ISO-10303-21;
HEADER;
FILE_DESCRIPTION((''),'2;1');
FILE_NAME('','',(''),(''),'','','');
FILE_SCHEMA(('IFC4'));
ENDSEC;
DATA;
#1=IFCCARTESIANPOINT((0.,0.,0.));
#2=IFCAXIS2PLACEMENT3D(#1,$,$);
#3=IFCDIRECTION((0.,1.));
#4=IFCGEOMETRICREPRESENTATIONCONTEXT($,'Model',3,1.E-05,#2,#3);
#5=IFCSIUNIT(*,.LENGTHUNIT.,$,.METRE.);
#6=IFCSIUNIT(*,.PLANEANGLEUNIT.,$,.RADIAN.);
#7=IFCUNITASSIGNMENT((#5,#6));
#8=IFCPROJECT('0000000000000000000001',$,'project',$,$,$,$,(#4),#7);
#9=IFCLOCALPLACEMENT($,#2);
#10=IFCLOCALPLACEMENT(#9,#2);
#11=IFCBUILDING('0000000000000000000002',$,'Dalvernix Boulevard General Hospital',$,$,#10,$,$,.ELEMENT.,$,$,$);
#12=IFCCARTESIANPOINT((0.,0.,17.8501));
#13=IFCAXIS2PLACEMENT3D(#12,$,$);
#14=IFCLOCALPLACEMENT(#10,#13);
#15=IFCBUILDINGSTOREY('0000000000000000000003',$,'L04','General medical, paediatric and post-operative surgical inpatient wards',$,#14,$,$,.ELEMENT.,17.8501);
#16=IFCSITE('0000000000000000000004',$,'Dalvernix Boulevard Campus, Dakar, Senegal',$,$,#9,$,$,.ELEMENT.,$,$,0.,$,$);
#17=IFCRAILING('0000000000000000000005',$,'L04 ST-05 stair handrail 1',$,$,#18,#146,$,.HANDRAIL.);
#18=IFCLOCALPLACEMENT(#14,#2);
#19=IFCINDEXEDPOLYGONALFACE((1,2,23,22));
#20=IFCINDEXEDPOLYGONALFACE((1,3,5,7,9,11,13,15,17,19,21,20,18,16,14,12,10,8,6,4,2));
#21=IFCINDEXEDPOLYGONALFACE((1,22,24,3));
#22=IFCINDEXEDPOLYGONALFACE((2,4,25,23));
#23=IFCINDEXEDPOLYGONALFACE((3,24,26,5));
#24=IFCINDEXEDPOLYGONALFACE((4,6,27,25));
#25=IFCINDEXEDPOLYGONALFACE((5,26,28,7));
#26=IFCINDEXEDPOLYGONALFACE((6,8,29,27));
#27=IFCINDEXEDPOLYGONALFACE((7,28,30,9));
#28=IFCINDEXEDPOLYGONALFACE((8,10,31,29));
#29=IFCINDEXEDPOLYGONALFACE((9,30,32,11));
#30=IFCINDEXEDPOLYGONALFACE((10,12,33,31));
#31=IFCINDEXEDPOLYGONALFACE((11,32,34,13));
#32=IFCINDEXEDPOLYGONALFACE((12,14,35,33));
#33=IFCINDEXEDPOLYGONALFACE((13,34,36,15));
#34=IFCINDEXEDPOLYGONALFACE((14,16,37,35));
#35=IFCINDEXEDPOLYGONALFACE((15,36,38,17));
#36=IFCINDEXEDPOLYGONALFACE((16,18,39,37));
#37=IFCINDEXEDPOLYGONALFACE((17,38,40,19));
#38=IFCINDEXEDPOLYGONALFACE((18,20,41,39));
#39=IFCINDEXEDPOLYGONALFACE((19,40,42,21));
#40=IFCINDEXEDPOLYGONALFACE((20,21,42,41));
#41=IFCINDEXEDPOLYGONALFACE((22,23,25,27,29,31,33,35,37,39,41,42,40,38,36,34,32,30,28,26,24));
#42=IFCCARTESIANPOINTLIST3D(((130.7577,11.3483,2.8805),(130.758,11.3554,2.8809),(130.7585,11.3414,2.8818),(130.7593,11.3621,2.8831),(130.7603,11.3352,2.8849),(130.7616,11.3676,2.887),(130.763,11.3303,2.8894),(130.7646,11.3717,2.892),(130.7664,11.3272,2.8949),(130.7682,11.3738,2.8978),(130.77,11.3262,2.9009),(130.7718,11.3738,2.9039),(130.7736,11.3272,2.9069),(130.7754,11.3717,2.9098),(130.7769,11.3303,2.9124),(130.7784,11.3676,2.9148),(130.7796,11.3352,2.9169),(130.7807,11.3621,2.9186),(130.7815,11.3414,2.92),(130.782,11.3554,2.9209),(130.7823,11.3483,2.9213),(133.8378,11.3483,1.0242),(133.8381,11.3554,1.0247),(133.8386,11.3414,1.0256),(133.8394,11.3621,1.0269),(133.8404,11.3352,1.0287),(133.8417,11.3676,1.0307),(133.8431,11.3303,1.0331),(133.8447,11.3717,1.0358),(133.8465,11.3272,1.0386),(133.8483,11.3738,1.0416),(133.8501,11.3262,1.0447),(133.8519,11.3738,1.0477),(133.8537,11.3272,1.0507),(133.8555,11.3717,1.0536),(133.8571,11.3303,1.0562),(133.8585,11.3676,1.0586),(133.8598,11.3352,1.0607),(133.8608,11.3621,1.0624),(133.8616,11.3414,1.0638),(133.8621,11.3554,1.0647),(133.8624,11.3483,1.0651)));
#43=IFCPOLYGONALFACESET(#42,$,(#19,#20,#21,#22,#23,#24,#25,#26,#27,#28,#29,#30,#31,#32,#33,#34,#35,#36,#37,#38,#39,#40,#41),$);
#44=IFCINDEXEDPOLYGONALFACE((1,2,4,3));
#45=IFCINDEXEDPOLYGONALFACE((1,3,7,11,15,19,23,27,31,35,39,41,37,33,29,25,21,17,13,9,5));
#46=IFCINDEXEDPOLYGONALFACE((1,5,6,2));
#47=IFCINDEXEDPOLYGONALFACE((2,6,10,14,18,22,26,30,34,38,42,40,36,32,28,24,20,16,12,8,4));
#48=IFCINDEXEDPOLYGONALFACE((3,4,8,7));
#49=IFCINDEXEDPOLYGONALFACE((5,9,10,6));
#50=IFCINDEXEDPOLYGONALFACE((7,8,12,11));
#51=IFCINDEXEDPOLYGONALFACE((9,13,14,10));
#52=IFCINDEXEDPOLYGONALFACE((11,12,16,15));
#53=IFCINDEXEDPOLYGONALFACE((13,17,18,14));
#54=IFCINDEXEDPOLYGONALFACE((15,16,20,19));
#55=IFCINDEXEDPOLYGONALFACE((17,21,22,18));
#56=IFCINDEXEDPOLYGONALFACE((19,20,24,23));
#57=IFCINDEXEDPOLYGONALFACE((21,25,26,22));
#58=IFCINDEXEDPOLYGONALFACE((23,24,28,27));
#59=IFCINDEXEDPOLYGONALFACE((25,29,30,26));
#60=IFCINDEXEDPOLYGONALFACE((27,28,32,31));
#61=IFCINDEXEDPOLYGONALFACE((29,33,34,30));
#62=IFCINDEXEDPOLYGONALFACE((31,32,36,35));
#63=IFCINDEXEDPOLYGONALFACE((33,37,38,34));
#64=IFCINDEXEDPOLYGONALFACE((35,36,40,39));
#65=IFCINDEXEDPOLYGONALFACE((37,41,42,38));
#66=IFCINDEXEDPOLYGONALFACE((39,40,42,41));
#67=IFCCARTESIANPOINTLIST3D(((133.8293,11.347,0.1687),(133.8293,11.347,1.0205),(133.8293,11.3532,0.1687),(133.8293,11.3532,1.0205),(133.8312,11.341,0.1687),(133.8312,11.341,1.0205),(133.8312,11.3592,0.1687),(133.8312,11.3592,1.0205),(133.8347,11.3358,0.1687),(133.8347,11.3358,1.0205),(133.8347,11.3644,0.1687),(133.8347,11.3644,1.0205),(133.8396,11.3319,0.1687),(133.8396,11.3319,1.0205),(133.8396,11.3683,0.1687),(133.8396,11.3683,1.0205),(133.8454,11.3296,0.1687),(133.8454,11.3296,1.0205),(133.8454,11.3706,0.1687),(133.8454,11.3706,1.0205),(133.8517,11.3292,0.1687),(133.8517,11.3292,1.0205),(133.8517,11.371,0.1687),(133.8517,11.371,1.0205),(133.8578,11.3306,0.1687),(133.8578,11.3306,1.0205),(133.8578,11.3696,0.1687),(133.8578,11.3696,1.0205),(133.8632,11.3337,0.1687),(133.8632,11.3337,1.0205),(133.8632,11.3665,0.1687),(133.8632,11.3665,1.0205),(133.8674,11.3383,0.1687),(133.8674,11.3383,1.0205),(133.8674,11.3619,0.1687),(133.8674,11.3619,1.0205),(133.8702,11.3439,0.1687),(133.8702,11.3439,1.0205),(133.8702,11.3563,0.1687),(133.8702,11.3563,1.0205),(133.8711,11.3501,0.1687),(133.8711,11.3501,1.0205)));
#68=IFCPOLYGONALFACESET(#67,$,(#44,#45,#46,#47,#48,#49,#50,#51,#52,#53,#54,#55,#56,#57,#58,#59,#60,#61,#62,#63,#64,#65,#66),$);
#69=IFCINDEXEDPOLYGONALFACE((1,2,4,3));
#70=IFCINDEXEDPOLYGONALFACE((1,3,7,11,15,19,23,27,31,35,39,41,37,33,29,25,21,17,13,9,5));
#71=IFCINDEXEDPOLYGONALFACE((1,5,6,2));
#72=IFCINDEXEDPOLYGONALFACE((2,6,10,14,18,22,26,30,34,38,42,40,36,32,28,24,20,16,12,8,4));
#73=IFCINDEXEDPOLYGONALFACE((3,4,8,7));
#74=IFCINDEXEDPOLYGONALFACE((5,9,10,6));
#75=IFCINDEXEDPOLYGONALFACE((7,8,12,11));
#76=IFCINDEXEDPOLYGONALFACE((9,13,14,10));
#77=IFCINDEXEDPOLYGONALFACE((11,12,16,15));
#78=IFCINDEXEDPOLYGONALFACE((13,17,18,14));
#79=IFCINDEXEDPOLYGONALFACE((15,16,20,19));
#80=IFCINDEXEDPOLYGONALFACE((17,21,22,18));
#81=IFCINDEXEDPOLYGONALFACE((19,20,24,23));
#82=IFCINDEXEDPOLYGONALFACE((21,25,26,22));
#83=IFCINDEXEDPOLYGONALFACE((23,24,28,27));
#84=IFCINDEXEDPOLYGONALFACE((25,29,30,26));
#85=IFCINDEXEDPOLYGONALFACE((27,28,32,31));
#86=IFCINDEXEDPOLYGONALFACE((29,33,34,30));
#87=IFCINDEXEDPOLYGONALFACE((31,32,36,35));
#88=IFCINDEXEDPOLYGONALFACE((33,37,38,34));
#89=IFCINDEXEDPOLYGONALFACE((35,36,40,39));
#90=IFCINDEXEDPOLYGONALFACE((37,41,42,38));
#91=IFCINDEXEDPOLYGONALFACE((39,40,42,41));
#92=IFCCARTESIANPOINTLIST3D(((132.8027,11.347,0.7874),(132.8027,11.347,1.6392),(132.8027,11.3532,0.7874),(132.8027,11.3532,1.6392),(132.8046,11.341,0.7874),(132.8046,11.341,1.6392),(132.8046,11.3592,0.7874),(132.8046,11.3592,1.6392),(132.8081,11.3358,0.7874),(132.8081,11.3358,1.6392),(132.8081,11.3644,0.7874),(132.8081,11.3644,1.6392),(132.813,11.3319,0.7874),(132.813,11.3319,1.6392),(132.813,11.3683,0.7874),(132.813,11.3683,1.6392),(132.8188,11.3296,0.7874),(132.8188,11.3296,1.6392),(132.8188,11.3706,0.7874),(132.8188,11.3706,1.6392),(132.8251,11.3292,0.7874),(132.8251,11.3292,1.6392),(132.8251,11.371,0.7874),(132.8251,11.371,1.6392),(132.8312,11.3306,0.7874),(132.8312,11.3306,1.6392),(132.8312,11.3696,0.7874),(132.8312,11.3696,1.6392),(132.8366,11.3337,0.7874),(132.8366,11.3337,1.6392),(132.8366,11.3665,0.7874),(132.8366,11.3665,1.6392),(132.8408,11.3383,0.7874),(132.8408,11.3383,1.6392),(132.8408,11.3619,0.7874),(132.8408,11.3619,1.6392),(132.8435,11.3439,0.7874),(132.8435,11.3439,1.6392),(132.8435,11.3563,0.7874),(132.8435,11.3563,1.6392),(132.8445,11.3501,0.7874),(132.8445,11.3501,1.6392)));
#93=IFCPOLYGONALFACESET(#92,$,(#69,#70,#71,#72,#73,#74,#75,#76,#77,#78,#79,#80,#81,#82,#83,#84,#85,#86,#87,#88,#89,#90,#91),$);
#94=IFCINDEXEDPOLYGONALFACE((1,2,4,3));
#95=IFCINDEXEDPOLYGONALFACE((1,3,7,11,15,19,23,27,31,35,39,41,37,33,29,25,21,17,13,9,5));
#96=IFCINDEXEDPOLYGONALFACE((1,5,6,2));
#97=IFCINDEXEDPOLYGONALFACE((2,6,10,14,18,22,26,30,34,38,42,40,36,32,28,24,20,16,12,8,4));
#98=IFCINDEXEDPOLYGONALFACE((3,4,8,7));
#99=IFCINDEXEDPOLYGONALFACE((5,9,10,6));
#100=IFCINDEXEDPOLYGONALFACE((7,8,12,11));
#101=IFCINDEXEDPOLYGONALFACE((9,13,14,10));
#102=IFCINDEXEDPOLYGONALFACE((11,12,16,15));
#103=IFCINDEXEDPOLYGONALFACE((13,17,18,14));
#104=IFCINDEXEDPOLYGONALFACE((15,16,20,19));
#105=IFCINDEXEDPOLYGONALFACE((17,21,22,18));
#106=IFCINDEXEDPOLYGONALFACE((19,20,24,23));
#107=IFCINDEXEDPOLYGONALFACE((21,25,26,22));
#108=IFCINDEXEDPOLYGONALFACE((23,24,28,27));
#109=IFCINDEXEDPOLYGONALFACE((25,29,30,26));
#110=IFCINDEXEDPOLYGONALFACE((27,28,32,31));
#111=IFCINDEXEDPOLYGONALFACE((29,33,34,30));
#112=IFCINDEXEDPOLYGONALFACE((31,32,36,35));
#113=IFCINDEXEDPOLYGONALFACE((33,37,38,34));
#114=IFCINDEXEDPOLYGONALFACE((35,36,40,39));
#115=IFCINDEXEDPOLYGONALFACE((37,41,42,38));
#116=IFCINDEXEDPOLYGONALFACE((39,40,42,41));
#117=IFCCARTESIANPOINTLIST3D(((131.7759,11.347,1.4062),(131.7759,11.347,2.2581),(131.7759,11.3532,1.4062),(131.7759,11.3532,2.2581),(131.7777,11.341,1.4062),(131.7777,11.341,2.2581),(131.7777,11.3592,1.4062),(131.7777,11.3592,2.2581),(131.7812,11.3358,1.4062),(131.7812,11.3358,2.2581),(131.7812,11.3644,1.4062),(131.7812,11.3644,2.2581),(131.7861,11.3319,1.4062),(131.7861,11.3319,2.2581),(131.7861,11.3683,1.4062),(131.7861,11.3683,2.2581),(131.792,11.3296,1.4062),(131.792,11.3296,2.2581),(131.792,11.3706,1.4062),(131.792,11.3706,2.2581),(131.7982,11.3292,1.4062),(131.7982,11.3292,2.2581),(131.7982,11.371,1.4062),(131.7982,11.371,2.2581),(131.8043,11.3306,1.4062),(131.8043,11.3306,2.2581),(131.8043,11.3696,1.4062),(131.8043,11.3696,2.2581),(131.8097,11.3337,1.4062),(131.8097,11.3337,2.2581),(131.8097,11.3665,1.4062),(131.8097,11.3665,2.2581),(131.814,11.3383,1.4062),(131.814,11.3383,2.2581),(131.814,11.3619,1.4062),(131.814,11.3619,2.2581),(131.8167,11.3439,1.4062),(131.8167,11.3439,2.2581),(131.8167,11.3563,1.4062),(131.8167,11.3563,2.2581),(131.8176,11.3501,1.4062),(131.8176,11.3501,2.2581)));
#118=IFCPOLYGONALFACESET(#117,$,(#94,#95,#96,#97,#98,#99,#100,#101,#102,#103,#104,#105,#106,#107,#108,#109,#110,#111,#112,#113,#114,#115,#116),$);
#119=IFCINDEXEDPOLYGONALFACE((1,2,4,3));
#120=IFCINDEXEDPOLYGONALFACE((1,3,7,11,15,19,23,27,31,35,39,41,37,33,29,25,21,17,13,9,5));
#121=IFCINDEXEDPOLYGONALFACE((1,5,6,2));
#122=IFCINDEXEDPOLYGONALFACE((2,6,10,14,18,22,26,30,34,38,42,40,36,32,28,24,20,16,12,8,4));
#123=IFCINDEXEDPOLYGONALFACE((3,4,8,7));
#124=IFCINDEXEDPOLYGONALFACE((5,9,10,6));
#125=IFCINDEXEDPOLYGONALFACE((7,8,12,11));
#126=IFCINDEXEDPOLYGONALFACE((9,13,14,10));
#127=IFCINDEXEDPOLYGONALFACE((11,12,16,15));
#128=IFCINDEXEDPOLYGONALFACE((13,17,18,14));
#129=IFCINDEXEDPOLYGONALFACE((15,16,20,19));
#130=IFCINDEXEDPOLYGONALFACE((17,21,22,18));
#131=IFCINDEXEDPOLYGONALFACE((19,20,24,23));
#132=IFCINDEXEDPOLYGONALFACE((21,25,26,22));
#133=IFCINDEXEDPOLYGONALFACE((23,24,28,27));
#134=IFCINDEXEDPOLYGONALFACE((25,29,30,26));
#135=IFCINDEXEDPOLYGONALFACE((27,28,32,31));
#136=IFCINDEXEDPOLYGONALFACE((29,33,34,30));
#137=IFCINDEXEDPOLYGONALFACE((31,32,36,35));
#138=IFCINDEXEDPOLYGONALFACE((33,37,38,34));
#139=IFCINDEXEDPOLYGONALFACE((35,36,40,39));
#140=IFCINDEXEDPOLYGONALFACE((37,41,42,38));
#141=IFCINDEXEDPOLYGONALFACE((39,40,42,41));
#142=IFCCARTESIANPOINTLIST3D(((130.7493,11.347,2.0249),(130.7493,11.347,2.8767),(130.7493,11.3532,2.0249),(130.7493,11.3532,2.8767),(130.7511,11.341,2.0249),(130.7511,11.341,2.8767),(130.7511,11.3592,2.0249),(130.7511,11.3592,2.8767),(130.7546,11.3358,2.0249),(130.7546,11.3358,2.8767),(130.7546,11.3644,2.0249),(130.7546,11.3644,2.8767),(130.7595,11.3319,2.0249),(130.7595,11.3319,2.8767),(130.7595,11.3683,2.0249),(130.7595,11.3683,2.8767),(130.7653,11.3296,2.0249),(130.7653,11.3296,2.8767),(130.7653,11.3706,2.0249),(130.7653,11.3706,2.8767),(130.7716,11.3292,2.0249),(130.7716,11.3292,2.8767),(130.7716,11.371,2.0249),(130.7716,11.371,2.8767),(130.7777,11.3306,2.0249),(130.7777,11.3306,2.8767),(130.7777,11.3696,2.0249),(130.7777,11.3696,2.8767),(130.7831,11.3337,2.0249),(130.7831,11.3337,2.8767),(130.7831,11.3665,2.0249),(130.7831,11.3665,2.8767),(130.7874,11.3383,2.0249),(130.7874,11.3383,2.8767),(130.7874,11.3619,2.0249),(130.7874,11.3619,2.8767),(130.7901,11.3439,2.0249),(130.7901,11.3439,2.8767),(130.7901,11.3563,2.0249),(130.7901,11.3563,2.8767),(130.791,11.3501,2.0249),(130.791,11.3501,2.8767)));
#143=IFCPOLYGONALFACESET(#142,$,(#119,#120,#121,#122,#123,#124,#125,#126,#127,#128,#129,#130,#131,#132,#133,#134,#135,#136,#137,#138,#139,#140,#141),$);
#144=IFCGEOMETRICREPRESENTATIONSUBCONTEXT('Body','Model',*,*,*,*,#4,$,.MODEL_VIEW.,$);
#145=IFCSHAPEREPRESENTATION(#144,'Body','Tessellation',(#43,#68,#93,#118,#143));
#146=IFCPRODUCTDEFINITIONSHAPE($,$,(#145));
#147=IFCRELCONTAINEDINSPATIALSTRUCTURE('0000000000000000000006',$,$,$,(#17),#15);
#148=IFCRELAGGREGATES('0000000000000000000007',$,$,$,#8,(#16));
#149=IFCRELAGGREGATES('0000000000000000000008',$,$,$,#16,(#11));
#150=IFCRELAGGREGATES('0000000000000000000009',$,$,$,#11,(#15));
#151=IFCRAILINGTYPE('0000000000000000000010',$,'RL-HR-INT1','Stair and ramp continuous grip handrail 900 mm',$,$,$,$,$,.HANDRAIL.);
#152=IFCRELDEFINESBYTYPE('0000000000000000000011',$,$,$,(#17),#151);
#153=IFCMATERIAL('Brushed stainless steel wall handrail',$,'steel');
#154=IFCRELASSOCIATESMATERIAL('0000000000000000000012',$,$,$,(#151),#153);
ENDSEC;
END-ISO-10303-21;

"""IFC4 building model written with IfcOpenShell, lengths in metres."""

from ifc_helpers import new_model, si_unit, direction, frame, origin, origin_2d, place, context, subcontext, project, spatial, circle, extrude, material, type_object, element, save


model = new_model("IFC4")

# Units and contexts
model_context = context("Model", 3, precision=1e-05, world=origin(), true_north=direction((0.0, 1.0)))
body_context = subcontext(model_context, "Body", "Model", "MODEL_VIEW")
ifc_project = project(units=[si_unit("LENGTHUNIT", "METRE"), si_unit("PLANEANGLEUNIT", "RADIAN")], contexts=[model_context])

# Site, building, storey
site_placement = place(None, origin())
site = spatial("IfcSite", under=ifc_project, at=site_placement, Name="Dalvernix Boulevard Campus, Dakar, Senegal", CompositionType="ELEMENT", RefElevation=0.0)
building_placement = place(site_placement, origin())
building = spatial("IfcBuilding", under=site, at=building_placement, Name="Dalvernix Boulevard General Hospital", CompositionType="ELEMENT")
storey_placement = place(building_placement, frame((0.0, 0.0, 17.8501)))
storey = spatial("IfcBuildingStorey", under=building, at=storey_placement, Name="L04", Description="General medical, paediatric and post-operative surgical inpatient wards", CompositionType="ELEMENT", Elevation=17.8501)

# Railing
ifc_material_1 = material(Name="Brushed stainless steel wall handrail", Category="steel")
railing_type = type_object("IfcRailingType", Name="RL-HR-INT1", Description="Stair and ramp continuous grip handrail 900 mm", PredefinedType="HANDRAIL", material=ifc_material_1)
railing_placement = place(storey_placement, frame((133.8501, 11.3501, 0.1687)))
element("IfcRailing", 1, at=railing_placement, inside=storey, type_object=railing_type, Name="L04 ST-05 stair handrail 1", PredefinedType="HANDRAIL", context=body_context, shape_type="SweptSolid", body=[
    extrude(circle(Radius=0.0239, at=origin_2d()), frame((0.0, 0.0, 0.876), z_axis=(-0.856491, 0.0, 0.516162), x_axis=(0.0, -1.0, 0.0)), (0.0, 0.0, 1.0), 3.5962),
    extrude(circle(Radius=0.021, at=origin_2d()), origin(), (0.0, 0.0, 1.0), 0.8518),
    extrude(circle(Radius=0.021, at=origin_2d()), frame((-1.0266, 0.0, 0.6187)), (0.0, 0.0, 1.0), 0.8518),
    extrude(circle(Radius=0.021, at=origin_2d()), frame((-2.0535, 0.0, 1.2375)), (0.0, 0.0, 1.0), 0.8518),
    extrude(circle(Radius=0.021, at=origin_2d()), frame((-3.0801, 0.0, 1.8562)), (0.0, 0.0, 1.0), 0.8518),
])

save(model, "model.ifc")
